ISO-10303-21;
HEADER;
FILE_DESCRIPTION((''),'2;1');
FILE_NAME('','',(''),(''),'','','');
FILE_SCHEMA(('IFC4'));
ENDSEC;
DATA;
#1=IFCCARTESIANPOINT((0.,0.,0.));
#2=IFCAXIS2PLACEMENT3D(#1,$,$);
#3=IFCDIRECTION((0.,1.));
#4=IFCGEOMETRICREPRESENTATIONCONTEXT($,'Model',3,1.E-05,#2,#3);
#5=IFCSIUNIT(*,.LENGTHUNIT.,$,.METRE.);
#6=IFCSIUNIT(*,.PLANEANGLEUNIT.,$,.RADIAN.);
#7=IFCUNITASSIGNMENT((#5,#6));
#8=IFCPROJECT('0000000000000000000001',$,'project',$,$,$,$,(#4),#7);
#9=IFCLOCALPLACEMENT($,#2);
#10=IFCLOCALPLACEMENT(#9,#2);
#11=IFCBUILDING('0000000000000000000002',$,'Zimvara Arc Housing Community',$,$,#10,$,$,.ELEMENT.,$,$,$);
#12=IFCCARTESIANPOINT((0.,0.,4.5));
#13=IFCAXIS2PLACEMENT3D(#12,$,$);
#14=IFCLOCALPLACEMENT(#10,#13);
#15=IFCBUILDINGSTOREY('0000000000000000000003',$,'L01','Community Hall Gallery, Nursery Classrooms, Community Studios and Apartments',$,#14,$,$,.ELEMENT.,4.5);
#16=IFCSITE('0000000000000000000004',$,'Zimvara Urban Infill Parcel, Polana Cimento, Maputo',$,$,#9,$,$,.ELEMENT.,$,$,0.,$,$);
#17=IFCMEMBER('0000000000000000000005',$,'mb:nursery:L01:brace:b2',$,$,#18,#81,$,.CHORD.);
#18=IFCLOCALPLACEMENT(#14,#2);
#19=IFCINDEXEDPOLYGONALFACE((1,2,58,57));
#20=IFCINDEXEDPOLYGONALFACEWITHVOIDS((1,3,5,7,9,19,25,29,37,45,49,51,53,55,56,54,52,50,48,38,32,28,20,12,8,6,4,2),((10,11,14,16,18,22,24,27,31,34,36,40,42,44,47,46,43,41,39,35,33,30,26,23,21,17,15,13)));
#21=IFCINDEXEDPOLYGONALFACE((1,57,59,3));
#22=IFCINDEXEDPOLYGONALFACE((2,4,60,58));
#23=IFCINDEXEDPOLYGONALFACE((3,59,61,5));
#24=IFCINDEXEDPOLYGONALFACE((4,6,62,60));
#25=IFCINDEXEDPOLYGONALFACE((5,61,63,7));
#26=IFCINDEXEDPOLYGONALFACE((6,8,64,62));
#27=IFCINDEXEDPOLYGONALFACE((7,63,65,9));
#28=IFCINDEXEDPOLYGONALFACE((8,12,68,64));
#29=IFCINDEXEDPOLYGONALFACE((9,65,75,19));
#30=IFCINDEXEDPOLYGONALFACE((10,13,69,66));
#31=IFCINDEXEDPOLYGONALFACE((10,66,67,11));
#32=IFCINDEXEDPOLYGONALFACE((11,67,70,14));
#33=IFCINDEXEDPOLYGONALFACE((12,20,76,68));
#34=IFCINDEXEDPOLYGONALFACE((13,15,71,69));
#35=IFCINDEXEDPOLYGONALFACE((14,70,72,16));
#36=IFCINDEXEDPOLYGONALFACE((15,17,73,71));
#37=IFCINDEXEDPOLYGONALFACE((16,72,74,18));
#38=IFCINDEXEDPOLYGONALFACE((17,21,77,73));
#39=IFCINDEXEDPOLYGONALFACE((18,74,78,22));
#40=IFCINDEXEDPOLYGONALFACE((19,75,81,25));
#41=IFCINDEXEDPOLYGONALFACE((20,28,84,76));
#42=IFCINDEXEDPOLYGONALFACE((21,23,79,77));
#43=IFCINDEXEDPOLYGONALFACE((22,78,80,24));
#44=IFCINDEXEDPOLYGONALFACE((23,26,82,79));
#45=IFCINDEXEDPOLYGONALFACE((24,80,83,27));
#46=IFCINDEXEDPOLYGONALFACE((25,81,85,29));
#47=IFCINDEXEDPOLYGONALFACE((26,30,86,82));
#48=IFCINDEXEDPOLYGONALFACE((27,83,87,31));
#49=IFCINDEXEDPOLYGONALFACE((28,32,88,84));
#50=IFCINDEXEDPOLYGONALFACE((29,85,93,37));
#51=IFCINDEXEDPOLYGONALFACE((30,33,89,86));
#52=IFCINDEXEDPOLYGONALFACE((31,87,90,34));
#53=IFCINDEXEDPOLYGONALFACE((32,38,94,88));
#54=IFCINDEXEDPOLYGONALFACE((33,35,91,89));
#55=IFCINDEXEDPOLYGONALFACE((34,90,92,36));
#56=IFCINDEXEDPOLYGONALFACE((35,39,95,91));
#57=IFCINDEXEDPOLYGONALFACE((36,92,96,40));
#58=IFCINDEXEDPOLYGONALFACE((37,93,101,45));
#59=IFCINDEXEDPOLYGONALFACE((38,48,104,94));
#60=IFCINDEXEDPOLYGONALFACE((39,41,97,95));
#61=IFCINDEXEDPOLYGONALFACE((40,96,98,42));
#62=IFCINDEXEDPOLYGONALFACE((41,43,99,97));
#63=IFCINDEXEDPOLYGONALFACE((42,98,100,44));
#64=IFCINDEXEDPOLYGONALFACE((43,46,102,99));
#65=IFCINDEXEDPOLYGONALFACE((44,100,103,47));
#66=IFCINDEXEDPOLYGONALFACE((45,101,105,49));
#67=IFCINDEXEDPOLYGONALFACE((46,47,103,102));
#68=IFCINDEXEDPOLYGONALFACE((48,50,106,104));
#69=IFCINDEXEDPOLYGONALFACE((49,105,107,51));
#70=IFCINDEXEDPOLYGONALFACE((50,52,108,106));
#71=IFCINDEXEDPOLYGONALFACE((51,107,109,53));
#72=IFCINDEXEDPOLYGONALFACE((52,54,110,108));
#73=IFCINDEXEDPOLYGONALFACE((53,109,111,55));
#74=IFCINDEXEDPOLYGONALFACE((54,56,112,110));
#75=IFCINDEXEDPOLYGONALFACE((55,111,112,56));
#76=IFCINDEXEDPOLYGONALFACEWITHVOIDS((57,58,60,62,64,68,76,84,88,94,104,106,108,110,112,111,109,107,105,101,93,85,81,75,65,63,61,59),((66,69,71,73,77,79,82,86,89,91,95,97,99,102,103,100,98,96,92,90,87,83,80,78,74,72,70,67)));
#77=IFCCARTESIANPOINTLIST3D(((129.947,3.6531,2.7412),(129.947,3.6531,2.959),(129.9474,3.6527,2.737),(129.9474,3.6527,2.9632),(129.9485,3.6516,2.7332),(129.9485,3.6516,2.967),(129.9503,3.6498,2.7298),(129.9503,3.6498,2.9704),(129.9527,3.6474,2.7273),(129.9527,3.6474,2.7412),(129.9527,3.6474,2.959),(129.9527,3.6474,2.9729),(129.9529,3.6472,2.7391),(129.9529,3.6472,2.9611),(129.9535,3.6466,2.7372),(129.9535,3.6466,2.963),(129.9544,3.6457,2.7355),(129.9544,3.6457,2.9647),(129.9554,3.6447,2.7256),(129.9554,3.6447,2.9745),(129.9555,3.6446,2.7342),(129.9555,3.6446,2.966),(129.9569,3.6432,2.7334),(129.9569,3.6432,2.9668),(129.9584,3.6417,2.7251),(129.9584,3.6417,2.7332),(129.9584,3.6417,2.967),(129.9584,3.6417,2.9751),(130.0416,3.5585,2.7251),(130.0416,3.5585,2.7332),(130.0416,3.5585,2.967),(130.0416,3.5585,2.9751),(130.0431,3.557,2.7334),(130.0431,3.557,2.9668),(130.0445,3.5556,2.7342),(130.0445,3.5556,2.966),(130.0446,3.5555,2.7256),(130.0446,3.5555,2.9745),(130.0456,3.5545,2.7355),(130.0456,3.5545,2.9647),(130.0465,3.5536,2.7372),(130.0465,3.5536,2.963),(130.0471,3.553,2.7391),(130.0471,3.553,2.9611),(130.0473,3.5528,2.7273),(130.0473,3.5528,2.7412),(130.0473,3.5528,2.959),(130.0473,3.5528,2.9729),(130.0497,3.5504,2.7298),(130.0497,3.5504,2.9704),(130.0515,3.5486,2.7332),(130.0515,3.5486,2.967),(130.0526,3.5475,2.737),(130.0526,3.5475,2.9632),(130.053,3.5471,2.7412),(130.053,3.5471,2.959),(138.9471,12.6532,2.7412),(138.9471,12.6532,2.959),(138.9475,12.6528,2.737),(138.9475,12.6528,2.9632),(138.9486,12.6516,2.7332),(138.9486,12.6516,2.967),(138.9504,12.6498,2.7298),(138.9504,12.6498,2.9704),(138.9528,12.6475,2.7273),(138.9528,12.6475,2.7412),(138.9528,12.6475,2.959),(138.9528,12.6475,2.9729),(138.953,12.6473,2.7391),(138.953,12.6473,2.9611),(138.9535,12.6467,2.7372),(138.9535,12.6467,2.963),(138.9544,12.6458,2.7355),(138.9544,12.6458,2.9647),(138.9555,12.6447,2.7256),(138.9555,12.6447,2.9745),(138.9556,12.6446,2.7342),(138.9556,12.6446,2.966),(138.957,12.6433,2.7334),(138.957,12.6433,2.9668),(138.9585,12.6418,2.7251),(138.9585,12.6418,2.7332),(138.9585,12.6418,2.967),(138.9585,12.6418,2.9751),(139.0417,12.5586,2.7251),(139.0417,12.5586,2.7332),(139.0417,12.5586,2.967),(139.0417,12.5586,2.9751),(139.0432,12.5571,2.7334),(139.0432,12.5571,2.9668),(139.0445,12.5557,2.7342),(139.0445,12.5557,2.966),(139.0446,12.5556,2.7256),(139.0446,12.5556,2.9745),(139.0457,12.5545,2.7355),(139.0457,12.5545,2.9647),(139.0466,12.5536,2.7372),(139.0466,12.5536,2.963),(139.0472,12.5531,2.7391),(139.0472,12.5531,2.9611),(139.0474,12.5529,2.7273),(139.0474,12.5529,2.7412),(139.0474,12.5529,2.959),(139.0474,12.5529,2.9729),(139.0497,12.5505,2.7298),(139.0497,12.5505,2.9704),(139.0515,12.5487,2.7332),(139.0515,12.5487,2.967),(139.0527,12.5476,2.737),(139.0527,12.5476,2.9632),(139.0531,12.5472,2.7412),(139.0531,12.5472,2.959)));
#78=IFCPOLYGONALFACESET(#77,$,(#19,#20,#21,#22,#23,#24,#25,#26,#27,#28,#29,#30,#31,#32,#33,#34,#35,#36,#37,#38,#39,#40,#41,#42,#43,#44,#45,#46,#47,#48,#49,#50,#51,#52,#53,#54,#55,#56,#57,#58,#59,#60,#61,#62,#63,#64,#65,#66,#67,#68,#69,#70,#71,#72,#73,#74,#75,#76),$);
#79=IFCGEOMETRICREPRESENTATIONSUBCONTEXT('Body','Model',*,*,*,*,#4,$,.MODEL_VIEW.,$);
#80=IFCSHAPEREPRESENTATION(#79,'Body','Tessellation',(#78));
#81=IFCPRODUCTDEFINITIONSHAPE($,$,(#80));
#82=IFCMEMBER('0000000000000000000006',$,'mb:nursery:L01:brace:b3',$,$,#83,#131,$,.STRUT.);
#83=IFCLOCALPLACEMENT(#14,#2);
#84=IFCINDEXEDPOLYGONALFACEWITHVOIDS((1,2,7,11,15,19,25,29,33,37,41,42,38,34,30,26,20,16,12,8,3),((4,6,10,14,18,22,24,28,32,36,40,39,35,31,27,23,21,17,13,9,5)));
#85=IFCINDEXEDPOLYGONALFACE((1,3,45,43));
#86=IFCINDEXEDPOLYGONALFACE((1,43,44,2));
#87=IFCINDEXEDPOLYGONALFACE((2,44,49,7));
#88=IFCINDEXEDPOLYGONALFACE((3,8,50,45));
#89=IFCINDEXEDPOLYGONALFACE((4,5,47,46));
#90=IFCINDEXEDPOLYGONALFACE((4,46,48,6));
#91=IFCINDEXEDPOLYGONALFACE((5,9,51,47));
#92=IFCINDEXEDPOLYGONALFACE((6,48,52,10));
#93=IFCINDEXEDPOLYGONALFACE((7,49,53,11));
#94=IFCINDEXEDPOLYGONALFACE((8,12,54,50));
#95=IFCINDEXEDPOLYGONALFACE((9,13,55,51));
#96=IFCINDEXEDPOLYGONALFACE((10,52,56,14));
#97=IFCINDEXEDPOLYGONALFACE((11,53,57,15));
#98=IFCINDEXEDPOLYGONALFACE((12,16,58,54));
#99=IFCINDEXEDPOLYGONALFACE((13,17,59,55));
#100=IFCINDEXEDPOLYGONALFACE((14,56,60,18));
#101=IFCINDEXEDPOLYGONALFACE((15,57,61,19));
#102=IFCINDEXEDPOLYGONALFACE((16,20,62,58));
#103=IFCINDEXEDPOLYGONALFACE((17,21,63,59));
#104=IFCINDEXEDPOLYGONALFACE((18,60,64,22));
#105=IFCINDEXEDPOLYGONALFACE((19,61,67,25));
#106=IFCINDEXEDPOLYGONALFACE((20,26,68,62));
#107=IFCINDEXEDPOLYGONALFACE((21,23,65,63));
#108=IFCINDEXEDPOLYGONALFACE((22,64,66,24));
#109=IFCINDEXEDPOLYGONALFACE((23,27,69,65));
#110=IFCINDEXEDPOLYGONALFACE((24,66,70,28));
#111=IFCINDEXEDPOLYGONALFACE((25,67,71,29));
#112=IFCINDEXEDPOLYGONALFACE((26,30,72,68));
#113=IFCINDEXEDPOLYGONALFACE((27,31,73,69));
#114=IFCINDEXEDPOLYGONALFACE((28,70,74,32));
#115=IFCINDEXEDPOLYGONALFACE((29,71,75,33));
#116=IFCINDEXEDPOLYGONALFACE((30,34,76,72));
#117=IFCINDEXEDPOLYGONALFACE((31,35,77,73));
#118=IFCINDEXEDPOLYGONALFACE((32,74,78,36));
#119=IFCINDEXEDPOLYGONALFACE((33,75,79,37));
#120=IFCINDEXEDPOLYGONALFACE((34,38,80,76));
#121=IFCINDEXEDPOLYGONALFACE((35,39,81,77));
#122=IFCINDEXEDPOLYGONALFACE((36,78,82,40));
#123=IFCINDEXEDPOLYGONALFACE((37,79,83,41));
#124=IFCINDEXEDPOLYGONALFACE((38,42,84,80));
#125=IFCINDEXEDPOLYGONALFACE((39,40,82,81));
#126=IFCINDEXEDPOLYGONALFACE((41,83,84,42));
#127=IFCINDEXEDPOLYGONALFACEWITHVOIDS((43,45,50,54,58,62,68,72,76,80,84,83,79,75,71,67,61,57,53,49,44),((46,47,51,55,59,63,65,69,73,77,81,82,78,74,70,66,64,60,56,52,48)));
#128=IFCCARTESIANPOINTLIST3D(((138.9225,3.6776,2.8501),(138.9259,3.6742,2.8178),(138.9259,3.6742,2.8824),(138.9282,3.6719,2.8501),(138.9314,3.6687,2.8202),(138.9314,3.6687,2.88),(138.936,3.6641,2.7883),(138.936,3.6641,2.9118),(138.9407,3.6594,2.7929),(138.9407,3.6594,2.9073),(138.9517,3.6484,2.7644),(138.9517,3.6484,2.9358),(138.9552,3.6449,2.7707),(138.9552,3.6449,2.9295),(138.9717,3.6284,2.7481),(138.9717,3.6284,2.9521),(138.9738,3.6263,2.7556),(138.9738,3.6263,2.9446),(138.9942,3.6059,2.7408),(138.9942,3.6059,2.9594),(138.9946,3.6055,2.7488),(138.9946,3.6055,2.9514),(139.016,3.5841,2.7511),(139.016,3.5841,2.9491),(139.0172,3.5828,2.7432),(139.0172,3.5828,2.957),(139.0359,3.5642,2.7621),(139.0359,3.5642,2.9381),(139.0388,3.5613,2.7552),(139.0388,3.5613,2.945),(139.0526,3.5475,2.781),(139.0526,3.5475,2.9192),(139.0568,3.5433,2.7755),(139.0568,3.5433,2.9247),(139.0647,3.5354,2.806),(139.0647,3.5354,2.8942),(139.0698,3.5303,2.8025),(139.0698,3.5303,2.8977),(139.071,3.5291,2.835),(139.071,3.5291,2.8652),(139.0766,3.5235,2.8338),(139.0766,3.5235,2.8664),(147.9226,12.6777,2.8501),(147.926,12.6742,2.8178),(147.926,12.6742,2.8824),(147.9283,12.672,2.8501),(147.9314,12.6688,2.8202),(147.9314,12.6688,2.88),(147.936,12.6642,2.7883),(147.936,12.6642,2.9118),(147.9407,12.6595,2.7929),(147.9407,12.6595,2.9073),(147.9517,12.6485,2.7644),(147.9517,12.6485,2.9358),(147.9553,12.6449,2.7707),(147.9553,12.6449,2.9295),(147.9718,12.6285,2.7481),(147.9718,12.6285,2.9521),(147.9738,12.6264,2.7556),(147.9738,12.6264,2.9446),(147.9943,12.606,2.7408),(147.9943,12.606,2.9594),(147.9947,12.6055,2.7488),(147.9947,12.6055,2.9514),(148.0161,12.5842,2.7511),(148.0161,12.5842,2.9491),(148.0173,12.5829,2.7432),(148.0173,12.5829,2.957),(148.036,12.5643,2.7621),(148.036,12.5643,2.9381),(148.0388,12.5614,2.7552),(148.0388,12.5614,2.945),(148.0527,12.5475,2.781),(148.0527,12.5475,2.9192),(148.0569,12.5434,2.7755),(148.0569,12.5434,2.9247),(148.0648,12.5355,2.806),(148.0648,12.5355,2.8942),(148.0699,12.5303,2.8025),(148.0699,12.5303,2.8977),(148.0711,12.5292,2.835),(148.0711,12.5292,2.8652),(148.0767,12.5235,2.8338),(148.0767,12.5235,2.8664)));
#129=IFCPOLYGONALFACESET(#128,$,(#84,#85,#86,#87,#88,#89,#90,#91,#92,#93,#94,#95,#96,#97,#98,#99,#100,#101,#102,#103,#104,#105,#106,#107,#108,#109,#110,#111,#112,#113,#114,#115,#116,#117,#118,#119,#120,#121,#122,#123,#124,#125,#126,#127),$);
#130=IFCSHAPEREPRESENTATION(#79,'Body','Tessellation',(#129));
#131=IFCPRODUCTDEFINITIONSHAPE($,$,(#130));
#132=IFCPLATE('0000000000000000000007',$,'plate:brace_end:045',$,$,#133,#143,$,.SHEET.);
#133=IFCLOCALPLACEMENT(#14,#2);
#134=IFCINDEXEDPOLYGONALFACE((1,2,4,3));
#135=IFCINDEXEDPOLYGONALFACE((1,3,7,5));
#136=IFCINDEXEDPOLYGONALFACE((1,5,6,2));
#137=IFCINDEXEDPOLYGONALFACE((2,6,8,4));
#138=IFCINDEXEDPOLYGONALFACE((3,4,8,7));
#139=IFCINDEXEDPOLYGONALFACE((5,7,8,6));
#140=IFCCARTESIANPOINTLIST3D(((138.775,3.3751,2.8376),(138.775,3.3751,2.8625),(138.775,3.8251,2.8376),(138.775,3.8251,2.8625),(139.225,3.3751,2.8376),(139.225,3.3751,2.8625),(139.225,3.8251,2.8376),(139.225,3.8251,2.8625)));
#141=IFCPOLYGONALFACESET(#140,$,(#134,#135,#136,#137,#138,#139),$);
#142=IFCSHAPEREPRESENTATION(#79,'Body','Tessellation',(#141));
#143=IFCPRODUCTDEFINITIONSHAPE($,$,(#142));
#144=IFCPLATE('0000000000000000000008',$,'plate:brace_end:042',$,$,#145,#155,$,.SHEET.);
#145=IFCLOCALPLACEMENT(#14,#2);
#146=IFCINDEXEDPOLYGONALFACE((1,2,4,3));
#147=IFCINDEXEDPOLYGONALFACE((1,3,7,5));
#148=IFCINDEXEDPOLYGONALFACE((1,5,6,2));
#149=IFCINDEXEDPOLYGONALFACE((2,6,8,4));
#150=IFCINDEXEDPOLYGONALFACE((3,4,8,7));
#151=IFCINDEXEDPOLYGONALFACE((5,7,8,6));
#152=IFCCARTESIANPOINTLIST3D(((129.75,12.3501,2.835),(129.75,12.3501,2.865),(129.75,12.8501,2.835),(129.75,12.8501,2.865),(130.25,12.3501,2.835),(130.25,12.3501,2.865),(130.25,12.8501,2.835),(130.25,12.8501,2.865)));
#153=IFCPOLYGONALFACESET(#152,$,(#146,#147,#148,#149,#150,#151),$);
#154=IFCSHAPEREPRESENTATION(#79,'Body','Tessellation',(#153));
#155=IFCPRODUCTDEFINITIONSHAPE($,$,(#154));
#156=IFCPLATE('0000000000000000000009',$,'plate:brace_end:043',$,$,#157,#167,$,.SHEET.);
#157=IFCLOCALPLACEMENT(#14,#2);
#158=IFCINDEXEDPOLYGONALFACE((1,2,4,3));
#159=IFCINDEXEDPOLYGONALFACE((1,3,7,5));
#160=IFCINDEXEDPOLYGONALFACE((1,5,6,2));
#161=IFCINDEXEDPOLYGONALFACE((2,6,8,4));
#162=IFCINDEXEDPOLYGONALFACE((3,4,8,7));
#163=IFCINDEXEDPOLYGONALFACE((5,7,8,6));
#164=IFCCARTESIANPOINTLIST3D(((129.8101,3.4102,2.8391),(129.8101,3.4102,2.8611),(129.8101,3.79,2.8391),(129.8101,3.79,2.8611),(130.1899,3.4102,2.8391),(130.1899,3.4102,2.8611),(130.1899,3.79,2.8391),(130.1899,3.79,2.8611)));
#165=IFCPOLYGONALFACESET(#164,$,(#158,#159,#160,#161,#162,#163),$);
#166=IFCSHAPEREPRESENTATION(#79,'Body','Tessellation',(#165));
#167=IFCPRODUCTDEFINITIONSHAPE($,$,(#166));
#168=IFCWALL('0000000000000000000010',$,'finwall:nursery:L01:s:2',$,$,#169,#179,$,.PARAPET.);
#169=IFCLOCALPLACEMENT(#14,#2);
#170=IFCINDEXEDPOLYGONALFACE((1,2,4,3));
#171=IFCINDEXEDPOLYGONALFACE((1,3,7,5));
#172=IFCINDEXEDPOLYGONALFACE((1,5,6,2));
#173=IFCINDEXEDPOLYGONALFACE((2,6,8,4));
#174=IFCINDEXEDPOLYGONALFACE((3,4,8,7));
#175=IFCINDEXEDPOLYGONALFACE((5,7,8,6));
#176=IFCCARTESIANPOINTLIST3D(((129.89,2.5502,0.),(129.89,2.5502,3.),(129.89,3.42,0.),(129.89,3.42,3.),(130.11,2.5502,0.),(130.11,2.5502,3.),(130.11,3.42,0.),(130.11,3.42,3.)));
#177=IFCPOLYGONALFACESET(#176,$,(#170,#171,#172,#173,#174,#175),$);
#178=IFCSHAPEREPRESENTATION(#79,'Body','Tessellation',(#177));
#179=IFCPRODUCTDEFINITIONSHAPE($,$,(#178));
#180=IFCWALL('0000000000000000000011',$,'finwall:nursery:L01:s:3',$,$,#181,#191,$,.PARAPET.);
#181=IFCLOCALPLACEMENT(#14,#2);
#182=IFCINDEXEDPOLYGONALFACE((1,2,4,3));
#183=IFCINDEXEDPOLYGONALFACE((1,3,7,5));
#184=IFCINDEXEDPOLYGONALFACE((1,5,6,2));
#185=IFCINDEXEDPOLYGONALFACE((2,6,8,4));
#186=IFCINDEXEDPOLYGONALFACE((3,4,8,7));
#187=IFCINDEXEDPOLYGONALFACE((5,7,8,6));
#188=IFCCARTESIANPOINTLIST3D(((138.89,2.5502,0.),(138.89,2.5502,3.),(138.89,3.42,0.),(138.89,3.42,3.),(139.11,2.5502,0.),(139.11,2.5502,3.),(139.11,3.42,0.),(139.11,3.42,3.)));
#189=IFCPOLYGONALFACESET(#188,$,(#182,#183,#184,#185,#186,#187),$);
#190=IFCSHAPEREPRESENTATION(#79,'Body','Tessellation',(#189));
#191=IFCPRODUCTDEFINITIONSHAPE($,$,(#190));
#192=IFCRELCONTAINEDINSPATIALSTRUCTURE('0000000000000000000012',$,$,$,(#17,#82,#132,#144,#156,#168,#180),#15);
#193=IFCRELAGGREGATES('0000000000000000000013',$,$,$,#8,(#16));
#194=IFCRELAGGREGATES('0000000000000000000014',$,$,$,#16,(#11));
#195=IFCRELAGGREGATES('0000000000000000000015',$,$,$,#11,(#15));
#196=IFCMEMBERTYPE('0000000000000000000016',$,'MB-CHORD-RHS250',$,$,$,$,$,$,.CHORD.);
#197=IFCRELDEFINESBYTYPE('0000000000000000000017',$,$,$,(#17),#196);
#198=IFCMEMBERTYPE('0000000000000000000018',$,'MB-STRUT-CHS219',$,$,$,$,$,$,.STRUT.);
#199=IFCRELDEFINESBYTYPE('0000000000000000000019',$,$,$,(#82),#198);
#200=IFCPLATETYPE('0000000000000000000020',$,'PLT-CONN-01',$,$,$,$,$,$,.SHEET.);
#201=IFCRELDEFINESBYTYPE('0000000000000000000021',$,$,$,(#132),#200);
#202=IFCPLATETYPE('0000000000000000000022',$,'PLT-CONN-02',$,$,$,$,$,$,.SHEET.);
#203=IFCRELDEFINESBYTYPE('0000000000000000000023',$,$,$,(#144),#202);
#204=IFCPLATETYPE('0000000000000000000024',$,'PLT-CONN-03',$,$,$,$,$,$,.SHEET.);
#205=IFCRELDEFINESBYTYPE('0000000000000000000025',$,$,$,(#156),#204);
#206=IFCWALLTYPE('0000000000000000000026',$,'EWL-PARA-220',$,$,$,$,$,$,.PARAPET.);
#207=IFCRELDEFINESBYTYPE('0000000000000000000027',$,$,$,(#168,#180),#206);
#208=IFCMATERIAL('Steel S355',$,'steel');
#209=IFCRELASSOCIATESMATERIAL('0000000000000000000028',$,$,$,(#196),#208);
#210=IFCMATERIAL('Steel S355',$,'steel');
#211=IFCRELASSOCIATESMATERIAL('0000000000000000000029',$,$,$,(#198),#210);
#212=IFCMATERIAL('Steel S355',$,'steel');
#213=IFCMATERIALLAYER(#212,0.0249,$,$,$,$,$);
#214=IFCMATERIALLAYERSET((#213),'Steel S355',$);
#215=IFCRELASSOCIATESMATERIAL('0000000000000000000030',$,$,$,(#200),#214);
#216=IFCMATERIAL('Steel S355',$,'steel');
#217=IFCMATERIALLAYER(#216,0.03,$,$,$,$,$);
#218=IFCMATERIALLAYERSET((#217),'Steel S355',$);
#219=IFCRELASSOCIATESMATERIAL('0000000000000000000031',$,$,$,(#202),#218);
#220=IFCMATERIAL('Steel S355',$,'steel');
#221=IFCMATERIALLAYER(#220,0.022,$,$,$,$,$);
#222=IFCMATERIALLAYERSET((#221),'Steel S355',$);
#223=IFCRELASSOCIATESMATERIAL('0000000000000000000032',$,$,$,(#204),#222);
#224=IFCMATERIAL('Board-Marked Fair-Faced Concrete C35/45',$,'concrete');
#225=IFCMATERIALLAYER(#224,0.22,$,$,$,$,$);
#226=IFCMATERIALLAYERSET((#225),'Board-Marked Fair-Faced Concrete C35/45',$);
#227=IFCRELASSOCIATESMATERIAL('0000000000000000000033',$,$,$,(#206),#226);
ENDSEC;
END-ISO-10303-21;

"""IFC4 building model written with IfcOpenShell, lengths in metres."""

from ifc_helpers import new_model, si_unit, direction, frame, frame_2d, origin, origin_2d, place, context, subcontext, project, spatial, rectangle, hollow_rectangle, hollow_circle, extrude, material, layer, layer_set, material_profile, profile_set, type_object, element, save


model = new_model("IFC4")

# Units and contexts
model_context = context("Model", 3, precision=1e-05, world=origin(), true_north=direction((0.0, 1.0)))
body_context = subcontext(model_context, "Body", "Model", "MODEL_VIEW")
ifc_project = project(units=[si_unit("LENGTHUNIT", "METRE"), si_unit("PLANEANGLEUNIT", "RADIAN")], contexts=[model_context])

# Site, building, storey
site_placement = place(None, origin())
site = spatial("IfcSite", under=ifc_project, at=site_placement, Name="Zimvara Urban Infill Parcel, Polana Cimento, Maputo", CompositionType="ELEMENT", RefElevation=0.0)
building_placement = place(site_placement, origin())
building = spatial("IfcBuilding", under=site, at=building_placement, Name="Zimvara Arc Housing Community", CompositionType="ELEMENT")
storey_placement = place(building_placement, frame((0.0, 0.0, 4.5)))
storey = spatial("IfcBuildingStorey", under=building, at=storey_placement, Name="L01", Description="Community Hall Gallery, Nursery Classrooms, Community Studios and Apartments", CompositionType="ELEMENT", Elevation=4.5)

# Members
ifc_material_1 = material(Name="Steel S355", Category="steel")
ifc_material_profile_1 = material_profile(ifc_material_1, hollow_rectangle(XDim=0.1499, YDim=0.25, WallThickness=0.0081, InnerFilletRadius=0.0081, OuterFilletRadius=0.0161, at=origin_2d()), Name="RHS 250x150x8.0")
ifc_profile_set_1 = profile_set([ifc_material_profile_1], Name="Steel S355")
member_type_1 = type_object("IfcMemberType", Name="MB-CHORD-RHS250", PredefinedType="CHORD", material=ifc_profile_set_1)
member_1_placement = place(storey_placement, frame((130.0, 3.6001, 2.8501), z_axis=(0.707107, 0.707107, 0.0), x_axis=(-0.707107, 0.707107, 0.0)))
element("IfcMember", 1, at=member_1_placement, inside=storey, type_object=member_type_1, Name="mb:nursery:L01:brace:b2", PredefinedType="CHORD", context=body_context, shape_type="SweptSolid", body=[
    extrude(hollow_rectangle(XDim=0.1499, YDim=0.25, WallThickness=0.0081, InnerFilletRadius=0.0081, OuterFilletRadius=0.0161, at=origin_2d()), origin(), (0.0, 0.0, 1.0), 12.728),
])
ifc_material_2 = material(Name="Steel S355", Category="steel")
ifc_material_profile_2 = material_profile(ifc_material_2, hollow_circle(Radius=0.1096, WallThickness=0.0081, at=origin_2d()), Name="CHS 219.1x8.0")
ifc_profile_set_2 = profile_set([ifc_material_profile_2], Name="Steel S355")
member_type_2 = type_object("IfcMemberType", Name="MB-STRUT-CHS219", PredefinedType="STRUT", material=ifc_profile_set_2)
member_2_placement = place(storey_placement, frame((139.0, 3.6001, 2.8501), z_axis=(0.707107, 0.707107, 0.0), x_axis=(-0.707107, 0.707107, 0.0)))
element("IfcMember", 2, at=member_2_placement, inside=storey, type_object=member_type_2, Name="mb:nursery:L01:brace:b3", PredefinedType="STRUT", context=body_context, shape_type="SweptSolid", body=[
    extrude(hollow_circle(Radius=0.1096, WallThickness=0.0081, at=origin_2d()), origin(), (0.0, 0.0, 1.0), 12.728),
])

# Plates
ifc_material_3 = material(Name="Steel S355", Category="steel")
ifc_layer_1 = layer(ifc_material_3, 0.0249)
ifc_layer_set_1 = layer_set([ifc_layer_1], Name="Steel S355")
plate_type_1 = type_object("IfcPlateType", Name="PLT-CONN-01", PredefinedType="SHEET", material=ifc_layer_set_1)
plate_1_placement = place(storey_placement, frame((139.0, 3.6001, 2.8376), z_axis=(0.0, 0.0, 1.0), x_axis=(1.0, 0.0, 0.0)))
element("IfcPlate", 3, at=plate_1_placement, inside=storey, type_object=plate_type_1, Name="plate:brace_end:045", PredefinedType="SHEET", context=body_context, shape_type="SweptSolid", body=[
    extrude(rectangle(XDim=0.45, YDim=0.45, at=origin_2d()), origin(), (0.0, 0.0, 1.0), 0.0249),
])
ifc_material_4 = material(Name="Steel S355", Category="steel")
ifc_layer_2 = layer(ifc_material_4, 0.03)
ifc_layer_set_2 = layer_set([ifc_layer_2], Name="Steel S355")
plate_type_2 = type_object("IfcPlateType", Name="PLT-CONN-02", PredefinedType="SHEET", material=ifc_layer_set_2)
plate_2_placement = place(storey_placement, frame((130.0, 12.6001, 2.835), z_axis=(0.0, 0.0, 1.0), x_axis=(1.0, 0.0, 0.0)))
element("IfcPlate", 4, at=plate_2_placement, inside=storey, type_object=plate_type_2, Name="plate:brace_end:042", PredefinedType="SHEET", context=body_context, shape_type="SweptSolid", body=[
    extrude(rectangle(XDim=0.5, YDim=0.5, at=origin_2d()), origin(), (0.0, 0.0, 1.0), 0.03),
])
ifc_material_5 = material(Name="Steel S355", Category="steel")
ifc_layer_3 = layer(ifc_material_5, 0.022)
ifc_layer_set_3 = layer_set([ifc_layer_3], Name="Steel S355")
plate_type_3 = type_object("IfcPlateType", Name="PLT-CONN-03", PredefinedType="SHEET", material=ifc_layer_set_3)
plate_3_placement = place(storey_placement, frame((130.0, 3.6001, 2.8391), z_axis=(0.0, 0.0, 1.0), x_axis=(1.0, 0.0, 0.0)))
element("IfcPlate", 5, at=plate_3_placement, inside=storey, type_object=plate_type_3, Name="plate:brace_end:043", PredefinedType="SHEET", context=body_context, shape_type="SweptSolid", body=[
    extrude(rectangle(XDim=0.3799, YDim=0.3799, at=origin_2d()), origin(), (0.0, 0.0, 1.0), 0.022),
])

# Walls
ifc_material_6 = material(Name="Board-Marked Fair-Faced Concrete C35/45", Category="concrete")
ifc_layer_4 = layer(ifc_material_6, 0.22)
ifc_layer_set_4 = layer_set([ifc_layer_4], Name="Board-Marked Fair-Faced Concrete C35/45")
wall_type_1 = type_object("IfcWallType", Name="EWL-PARA-220", PredefinedType="PARAPET", material=ifc_layer_set_4)
for number, where, z_axis, x_axis, name in (
    (6, (130.0, 2.55, 0.0), (0.0, 0.0, 1.0), (0.0, 1.0, 0.0), "finwall:nursery:L01:s:2"),
    (7, (139.0, 2.55, 0.0), (0.0, 0.0, 1.0), (0.0, 1.0, 0.0), "finwall:nursery:L01:s:3"),
):
    element("IfcWall", number, at=place(storey_placement, frame(where, z_axis=z_axis, x_axis=x_axis)), inside=storey, type_object=wall_type_1, Name=name, PredefinedType="PARAPET", context=body_context, shape_type="SweptSolid", body=[
        extrude(rectangle(XDim=0.8699, YDim=0.22, at=frame_2d((0.4351, 0.0))), origin(), (0.0, 0.0, 1.0), 3.0),
    ])

save(model, "model.ifc")
